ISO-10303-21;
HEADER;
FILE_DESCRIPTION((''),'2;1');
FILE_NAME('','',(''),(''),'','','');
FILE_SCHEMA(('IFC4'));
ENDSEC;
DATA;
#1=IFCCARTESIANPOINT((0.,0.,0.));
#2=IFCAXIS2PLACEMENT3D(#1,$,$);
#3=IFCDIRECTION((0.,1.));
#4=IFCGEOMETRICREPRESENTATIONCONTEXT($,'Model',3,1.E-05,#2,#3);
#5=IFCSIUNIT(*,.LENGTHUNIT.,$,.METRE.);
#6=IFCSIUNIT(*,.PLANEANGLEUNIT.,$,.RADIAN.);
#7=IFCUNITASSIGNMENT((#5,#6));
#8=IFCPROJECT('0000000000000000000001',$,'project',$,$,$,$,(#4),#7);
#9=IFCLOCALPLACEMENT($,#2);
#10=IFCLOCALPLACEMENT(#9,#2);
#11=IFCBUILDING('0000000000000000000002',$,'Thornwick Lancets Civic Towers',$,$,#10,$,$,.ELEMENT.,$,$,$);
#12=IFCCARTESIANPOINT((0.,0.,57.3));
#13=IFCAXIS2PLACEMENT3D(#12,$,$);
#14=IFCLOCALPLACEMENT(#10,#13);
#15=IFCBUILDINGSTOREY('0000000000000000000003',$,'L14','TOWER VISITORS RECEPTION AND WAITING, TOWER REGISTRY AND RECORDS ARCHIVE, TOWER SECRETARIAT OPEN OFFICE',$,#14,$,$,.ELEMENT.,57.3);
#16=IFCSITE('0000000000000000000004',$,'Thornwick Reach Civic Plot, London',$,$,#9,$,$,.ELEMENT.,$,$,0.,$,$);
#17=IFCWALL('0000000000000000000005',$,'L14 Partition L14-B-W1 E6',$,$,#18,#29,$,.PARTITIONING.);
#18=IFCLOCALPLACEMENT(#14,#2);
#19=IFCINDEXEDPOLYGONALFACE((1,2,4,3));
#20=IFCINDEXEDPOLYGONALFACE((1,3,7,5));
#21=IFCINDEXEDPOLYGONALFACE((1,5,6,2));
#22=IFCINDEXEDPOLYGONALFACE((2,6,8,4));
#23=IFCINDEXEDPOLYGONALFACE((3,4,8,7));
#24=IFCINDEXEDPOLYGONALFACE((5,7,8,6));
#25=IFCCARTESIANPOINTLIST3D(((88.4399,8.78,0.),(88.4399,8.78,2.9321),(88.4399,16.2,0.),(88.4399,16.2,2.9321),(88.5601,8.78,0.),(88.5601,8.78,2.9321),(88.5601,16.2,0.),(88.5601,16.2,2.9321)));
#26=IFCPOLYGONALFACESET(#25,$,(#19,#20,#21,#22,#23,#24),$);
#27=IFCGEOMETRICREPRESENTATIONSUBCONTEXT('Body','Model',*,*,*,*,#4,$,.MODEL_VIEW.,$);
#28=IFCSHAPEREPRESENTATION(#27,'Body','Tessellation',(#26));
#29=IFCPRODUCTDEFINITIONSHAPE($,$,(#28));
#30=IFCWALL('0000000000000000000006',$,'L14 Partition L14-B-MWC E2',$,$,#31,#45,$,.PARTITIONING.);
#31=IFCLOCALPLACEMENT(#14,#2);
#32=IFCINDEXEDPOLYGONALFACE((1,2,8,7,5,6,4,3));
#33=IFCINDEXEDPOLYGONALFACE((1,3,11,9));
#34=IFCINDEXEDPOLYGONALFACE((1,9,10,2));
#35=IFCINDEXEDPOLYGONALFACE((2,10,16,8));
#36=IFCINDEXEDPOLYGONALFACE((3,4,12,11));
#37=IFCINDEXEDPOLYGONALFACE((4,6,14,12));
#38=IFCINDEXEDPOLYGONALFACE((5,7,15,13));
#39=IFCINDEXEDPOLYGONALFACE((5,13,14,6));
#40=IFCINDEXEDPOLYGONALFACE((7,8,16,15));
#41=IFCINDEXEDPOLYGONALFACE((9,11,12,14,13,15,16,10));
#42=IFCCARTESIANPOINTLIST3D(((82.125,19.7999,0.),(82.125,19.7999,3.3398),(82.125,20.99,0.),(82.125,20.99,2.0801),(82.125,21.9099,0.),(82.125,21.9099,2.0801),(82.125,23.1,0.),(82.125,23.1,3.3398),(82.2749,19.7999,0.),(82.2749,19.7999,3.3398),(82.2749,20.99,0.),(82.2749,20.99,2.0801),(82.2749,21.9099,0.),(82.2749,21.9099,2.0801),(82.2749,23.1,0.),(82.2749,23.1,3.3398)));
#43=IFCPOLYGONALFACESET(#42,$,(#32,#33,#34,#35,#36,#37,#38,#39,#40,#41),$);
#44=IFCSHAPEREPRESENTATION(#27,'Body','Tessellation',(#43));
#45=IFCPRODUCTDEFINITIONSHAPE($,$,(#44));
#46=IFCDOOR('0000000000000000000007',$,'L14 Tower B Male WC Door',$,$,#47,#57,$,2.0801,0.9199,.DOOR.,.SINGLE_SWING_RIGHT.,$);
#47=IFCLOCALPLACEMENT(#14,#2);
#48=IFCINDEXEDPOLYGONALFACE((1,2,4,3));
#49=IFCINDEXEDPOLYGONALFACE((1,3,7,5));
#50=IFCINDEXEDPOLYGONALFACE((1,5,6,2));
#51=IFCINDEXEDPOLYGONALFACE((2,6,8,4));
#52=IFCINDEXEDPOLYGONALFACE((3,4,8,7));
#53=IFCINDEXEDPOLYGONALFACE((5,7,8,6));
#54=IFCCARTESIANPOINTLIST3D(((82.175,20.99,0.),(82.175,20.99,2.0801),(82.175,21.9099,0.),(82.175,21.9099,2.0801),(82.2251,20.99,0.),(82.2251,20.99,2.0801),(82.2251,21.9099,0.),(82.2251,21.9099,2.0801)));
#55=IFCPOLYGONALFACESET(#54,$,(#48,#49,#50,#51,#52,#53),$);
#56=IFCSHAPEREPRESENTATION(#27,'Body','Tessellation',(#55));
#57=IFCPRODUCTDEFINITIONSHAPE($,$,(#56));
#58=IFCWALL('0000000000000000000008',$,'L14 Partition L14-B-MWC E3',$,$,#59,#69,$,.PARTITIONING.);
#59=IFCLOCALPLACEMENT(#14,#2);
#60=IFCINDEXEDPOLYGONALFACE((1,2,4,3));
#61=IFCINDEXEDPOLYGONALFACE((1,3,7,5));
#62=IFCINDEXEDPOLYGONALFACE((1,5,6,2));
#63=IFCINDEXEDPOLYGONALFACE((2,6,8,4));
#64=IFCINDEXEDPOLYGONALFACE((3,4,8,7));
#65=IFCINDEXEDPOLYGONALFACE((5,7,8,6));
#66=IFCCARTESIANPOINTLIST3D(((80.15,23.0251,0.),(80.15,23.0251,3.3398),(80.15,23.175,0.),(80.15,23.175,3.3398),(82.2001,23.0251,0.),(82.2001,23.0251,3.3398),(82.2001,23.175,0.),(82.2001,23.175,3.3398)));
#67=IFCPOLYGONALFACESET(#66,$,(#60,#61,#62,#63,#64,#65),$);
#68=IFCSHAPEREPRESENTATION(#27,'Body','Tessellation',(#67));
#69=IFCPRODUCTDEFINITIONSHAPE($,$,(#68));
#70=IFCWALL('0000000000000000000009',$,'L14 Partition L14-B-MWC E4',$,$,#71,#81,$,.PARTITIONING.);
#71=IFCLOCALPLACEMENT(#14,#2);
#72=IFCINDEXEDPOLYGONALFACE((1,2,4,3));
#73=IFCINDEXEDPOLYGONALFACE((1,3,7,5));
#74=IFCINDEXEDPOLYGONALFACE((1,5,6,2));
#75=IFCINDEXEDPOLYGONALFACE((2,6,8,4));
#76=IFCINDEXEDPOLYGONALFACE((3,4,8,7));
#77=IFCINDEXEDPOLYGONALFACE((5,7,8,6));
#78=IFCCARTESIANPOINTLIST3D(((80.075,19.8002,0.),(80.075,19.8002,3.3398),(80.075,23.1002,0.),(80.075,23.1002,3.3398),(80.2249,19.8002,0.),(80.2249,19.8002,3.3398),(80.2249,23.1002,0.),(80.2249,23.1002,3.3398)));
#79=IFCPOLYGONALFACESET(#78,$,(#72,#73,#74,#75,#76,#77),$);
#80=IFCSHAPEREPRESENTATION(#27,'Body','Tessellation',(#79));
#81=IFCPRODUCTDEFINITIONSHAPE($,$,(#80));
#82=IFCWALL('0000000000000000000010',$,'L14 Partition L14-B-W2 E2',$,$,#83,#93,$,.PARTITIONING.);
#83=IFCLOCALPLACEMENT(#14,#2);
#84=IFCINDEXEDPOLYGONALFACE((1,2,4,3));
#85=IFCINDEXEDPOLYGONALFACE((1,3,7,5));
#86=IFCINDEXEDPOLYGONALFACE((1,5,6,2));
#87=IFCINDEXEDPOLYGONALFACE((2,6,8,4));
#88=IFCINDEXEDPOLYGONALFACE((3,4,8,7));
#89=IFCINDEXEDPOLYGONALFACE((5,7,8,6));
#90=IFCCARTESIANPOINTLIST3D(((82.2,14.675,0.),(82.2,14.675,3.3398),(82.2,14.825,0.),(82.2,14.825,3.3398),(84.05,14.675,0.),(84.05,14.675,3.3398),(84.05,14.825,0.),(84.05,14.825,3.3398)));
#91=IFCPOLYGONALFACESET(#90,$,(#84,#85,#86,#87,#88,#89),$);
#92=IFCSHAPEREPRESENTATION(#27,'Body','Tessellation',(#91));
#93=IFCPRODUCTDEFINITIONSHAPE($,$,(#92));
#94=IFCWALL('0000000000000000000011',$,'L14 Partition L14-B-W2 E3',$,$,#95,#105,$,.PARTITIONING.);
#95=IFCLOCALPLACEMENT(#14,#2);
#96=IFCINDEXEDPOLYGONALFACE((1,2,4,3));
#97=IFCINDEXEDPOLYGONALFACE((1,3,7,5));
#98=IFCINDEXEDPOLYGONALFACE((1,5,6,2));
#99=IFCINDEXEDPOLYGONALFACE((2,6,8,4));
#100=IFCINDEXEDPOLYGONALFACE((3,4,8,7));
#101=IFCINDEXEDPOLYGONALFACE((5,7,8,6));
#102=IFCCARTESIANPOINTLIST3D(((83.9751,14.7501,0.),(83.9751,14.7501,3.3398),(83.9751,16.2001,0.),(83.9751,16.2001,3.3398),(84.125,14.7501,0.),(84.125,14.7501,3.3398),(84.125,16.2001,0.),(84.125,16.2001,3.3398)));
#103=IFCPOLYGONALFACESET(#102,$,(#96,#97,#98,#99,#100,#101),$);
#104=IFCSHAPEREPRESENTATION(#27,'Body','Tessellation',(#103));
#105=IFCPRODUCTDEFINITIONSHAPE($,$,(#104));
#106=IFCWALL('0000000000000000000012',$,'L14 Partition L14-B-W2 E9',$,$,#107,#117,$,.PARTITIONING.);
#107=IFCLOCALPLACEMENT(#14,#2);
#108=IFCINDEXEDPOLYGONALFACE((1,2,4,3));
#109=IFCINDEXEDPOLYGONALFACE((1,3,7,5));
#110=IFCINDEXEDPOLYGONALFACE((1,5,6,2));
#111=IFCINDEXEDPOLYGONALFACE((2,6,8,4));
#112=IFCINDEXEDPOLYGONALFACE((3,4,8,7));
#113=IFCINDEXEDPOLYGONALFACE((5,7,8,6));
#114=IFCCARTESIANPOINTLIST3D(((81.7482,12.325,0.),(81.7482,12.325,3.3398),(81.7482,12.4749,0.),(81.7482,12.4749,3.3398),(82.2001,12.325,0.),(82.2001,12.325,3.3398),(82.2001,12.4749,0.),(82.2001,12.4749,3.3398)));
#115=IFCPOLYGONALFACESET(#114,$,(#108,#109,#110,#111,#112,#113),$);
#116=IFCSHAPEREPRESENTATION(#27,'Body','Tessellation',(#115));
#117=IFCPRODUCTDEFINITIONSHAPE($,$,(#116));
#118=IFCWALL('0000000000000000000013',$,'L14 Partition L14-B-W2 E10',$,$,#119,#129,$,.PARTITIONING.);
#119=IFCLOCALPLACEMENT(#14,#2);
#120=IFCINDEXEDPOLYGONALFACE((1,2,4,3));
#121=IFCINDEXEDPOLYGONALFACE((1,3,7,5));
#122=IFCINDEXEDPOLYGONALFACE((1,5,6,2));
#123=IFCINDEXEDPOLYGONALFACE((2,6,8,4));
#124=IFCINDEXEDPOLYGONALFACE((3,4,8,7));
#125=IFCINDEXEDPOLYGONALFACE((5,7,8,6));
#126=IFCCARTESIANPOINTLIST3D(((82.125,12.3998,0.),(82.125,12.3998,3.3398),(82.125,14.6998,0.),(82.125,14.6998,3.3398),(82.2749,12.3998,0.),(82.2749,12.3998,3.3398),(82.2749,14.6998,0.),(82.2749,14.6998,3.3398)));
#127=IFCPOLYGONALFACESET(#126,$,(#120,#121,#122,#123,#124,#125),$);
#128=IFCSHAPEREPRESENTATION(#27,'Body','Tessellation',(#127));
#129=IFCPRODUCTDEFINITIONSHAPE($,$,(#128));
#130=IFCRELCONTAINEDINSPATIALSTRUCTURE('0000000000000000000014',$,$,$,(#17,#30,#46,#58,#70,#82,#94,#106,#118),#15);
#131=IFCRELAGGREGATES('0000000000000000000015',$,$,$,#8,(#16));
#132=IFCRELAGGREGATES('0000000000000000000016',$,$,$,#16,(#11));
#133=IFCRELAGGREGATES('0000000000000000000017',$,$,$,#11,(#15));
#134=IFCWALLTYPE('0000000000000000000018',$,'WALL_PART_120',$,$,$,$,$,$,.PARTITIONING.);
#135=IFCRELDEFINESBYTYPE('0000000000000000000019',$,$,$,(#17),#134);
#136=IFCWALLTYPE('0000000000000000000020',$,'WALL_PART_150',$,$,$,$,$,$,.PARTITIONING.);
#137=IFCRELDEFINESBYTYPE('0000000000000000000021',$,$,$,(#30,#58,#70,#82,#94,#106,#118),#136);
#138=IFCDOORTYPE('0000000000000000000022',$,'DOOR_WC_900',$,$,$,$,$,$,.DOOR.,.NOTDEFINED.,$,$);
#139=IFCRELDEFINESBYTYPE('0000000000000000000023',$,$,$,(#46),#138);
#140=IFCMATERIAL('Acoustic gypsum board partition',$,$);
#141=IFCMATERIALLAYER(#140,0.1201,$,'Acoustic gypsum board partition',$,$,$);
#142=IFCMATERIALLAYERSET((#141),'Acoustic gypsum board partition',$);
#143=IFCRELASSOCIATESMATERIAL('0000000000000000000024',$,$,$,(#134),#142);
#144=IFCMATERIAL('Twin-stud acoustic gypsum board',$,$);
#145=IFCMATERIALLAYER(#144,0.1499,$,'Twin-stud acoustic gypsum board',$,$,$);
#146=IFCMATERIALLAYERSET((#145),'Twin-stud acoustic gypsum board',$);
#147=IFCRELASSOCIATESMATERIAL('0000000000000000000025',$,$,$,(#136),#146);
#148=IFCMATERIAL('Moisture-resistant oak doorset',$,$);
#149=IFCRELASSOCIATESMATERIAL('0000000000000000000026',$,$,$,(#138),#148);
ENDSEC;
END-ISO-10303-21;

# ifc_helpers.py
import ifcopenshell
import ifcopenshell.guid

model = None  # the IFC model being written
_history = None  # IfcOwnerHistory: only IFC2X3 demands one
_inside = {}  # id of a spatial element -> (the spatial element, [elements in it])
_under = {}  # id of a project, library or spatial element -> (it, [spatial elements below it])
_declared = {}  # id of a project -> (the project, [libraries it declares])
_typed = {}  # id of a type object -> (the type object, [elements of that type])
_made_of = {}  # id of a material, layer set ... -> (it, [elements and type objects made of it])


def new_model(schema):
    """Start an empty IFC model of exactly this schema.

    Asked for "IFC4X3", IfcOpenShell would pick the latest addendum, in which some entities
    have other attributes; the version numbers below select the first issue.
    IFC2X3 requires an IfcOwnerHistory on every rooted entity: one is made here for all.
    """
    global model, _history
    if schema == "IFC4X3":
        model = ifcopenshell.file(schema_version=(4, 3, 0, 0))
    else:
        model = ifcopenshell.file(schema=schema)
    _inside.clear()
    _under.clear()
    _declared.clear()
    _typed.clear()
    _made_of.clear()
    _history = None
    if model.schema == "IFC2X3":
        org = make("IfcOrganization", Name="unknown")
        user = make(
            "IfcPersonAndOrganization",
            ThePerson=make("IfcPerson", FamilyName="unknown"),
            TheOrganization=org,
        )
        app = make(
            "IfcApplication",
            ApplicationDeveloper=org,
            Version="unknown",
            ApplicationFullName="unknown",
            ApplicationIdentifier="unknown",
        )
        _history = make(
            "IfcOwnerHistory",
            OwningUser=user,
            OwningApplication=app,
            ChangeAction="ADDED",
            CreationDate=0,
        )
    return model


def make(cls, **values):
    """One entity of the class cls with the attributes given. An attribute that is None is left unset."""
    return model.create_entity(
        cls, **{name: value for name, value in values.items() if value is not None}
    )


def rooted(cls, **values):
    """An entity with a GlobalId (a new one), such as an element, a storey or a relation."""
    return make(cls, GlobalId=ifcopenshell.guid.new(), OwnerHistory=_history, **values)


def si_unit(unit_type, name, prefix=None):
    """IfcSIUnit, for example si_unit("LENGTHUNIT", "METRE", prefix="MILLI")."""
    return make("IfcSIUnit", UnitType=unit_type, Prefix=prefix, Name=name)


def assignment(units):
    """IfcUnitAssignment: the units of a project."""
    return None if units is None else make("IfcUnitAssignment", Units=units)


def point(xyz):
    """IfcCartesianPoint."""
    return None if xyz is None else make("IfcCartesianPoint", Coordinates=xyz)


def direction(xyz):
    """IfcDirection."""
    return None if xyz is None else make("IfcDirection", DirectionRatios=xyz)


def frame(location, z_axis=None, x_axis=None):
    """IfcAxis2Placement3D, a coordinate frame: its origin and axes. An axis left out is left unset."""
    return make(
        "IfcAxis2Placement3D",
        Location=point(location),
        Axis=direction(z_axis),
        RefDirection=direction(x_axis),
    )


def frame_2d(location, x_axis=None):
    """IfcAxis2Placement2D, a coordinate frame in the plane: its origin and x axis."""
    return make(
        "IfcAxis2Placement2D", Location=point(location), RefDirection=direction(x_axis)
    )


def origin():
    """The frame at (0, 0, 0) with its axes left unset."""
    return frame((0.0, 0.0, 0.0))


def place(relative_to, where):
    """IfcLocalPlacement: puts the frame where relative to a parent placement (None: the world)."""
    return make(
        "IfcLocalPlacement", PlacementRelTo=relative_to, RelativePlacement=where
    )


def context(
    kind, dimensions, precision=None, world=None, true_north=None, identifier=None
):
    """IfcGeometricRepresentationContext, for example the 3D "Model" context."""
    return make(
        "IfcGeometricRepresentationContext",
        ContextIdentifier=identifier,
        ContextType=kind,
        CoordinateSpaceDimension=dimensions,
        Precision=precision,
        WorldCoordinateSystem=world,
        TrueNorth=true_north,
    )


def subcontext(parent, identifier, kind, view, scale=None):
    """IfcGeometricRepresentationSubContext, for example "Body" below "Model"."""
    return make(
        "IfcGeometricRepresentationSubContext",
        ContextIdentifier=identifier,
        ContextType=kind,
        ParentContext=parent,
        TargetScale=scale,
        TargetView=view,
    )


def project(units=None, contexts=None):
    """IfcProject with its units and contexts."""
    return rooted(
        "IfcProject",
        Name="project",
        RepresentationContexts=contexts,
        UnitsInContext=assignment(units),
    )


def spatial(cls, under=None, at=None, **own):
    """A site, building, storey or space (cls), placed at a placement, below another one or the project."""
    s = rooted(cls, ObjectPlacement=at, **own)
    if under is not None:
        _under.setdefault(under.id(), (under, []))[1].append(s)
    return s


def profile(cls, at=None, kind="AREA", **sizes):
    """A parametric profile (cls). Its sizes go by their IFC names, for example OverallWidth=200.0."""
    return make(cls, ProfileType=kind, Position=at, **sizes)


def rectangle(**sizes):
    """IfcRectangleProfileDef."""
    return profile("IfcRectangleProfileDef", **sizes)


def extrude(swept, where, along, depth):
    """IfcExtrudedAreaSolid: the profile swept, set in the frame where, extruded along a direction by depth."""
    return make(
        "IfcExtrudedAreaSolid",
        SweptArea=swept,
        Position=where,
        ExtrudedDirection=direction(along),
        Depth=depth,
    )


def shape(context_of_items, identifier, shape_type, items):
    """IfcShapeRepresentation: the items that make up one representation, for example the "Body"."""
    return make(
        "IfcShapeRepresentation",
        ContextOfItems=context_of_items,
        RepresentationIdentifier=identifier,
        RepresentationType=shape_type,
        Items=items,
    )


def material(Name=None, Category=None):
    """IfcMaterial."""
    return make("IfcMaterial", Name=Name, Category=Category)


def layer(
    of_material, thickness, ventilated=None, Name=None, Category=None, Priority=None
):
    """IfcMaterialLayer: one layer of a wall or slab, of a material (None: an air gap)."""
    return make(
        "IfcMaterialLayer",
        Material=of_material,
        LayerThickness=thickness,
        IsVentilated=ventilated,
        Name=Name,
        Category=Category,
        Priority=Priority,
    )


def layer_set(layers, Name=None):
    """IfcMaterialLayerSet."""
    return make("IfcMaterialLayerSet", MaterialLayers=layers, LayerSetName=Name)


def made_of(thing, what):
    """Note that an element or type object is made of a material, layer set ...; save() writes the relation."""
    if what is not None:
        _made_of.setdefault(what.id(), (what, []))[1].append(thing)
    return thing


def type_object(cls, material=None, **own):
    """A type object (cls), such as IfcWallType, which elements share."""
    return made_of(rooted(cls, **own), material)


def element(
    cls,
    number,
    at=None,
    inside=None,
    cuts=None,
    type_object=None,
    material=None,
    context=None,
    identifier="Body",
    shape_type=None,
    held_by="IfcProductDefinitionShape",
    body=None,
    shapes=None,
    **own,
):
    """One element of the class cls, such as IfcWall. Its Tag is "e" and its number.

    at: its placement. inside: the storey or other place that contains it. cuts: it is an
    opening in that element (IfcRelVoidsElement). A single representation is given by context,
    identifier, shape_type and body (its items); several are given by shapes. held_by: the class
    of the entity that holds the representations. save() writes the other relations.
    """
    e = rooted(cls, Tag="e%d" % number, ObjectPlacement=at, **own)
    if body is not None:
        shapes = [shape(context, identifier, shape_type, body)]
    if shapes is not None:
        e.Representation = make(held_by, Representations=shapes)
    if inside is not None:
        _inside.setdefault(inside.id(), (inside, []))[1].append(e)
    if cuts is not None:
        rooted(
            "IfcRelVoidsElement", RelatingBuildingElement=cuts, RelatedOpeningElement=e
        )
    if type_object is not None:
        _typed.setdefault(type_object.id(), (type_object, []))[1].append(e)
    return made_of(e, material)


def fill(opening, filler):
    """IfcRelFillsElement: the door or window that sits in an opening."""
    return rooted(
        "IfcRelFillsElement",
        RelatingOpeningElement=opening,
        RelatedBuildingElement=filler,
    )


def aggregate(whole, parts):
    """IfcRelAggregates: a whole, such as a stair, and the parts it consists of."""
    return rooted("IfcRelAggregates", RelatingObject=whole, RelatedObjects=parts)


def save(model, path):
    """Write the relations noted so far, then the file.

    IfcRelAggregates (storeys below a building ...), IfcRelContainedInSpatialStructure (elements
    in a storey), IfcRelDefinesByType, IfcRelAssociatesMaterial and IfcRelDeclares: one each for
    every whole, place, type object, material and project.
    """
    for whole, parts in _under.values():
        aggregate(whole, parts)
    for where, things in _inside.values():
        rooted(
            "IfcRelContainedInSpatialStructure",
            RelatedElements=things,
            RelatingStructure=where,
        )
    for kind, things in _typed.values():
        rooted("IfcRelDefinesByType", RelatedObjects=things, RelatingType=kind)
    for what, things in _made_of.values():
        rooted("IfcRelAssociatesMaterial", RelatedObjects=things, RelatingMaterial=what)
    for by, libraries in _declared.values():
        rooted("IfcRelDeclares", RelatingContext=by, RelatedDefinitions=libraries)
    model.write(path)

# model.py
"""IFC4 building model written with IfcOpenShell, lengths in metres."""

from ifc_helpers import new_model, si_unit, direction, frame, frame_2d, origin, place, context, subcontext, project, spatial, rectangle, extrude, material, layer, layer_set, type_object, element, fill, save


model = new_model("IFC4")

# Units and contexts
model_context = context("Model", 3, precision=1e-05, world=origin(), true_north=direction((0.0, 1.0)))
body_context = subcontext(model_context, "Body", "Model", "MODEL_VIEW")
ifc_project = project(units=[si_unit("LENGTHUNIT", "METRE"), si_unit("PLANEANGLEUNIT", "RADIAN")], contexts=[model_context])

# Site, building, storey
site_placement = place(None, origin())
site = spatial("IfcSite", under=ifc_project, at=site_placement, Name="Thornwick Reach Civic Plot, London", CompositionType="ELEMENT", RefElevation=0.0)
building_placement = place(site_placement, origin())
building = spatial("IfcBuilding", under=site, at=building_placement, Name="Thornwick Lancets Civic Towers", CompositionType="ELEMENT")
storey_placement = place(building_placement, frame((0.0, 0.0, 57.3)))
storey = spatial("IfcBuildingStorey", under=building, at=storey_placement, Name="L14", Description="TOWER VISITORS RECEPTION AND WAITING, TOWER REGISTRY AND RECORDS ARCHIVE, TOWER SECRETARIAT OPEN OFFICE", CompositionType="ELEMENT", Elevation=57.3)

# Wall
ifc_material_1 = material(Name="Acoustic gypsum board partition")
ifc_layer_1 = layer(ifc_material_1, 0.1201, Name="Acoustic gypsum board partition")
ifc_layer_set_1 = layer_set([ifc_layer_1], Name="Acoustic gypsum board partition")
wall_type_1 = type_object("IfcWallType", Name="WALL_PART_120", PredefinedType="PARTITIONING", material=ifc_layer_set_1)
wall_1_placement = place(storey_placement, frame((88.5, 8.78, 0.0), z_axis=(0.0, 0.0, 1.0), x_axis=(0.0, 1.0, 0.0)))
element("IfcWall", 1, at=wall_1_placement, inside=storey, type_object=wall_type_1, Name="L14 Partition L14-B-W1 E6", PredefinedType="PARTITIONING", context=body_context, shape_type="SweptSolid", body=[
    extrude(rectangle(XDim=7.4199, YDim=0.1201, at=frame_2d((3.71, 0.0))), origin(), (0.0, 0.0, 1.0), 2.9321),
])

# Wall, opening, door
ifc_material_2 = material(Name="Twin-stud acoustic gypsum board")
ifc_layer_2 = layer(ifc_material_2, 0.1499, Name="Twin-stud acoustic gypsum board")
ifc_layer_set_2 = layer_set([ifc_layer_2], Name="Twin-stud acoustic gypsum board")
wall_type_2 = type_object("IfcWallType", Name="WALL_PART_150", PredefinedType="PARTITIONING", material=ifc_layer_set_2)
wall_2_placement = place(storey_placement, frame((82.2, 19.8, 0.0), z_axis=(0.0, 0.0, 1.0), x_axis=(0.0, 1.0, 0.0)))
wall_2 = element("IfcWall", 2, at=wall_2_placement, inside=storey, type_object=wall_type_2, Name="L14 Partition L14-B-MWC E2", PredefinedType="PARTITIONING", context=body_context, shape_type="SweptSolid", body=[
    extrude(rectangle(XDim=3.3, YDim=0.1499, at=frame_2d((1.6499, 0.0))), origin(), (0.0, 0.0, 1.0), 3.3398),
])
opening_1_placement = place(wall_2_placement, frame((1.1899, 0.0, 0.0)))
opening_1 = element("IfcOpeningElement", 3, at=opening_1_placement, cuts=wall_2, PredefinedType="OPENING", context=body_context, shape_type="SweptSolid", body=[
    extrude(rectangle(XDim=0.9199, YDim=2.0801, at=frame_2d((0.46, 1.04))), frame((0.0, 0.085, 0.0), z_axis=(0.0, -1.0, 0.0), x_axis=(1.0, 0.0, 0.0)), (0.0, 0.0, 1.0), 0.1699),
])
ifc_material_3 = material(Name="Moisture-resistant oak doorset")
door_type_1 = type_object("IfcDoorType", Name="DOOR_WC_900", OperationType="NOTDEFINED", PredefinedType="DOOR", material=ifc_material_3)
door_1_placement = place(opening_1_placement, origin())
door_1 = element("IfcDoor", 4, at=door_1_placement, inside=storey, type_object=door_type_1, Name="L14 Tower B Male WC Door", OperationType="SINGLE_SWING_RIGHT", OverallHeight=2.0801, OverallWidth=0.9199, PredefinedType="DOOR", context=body_context, shape_type="SweptSolid", body=[
    extrude(rectangle(XDim=0.9199, YDim=2.0801, at=frame_2d((0.46, 1.04))), frame((0.0, 0.0249, 0.0), z_axis=(0.0, -1.0, 0.0), x_axis=(1.0, 0.0, 0.0)), (0.0, 0.0, 1.0), 0.05),
])
fill(opening_1, door_1)

# Walls
wall_3_placement = place(storey_placement, frame((82.2, 23.1001, 0.0), z_axis=(0.0, 0.0, 1.0), x_axis=(-1.0, 0.0, 0.0)))
element("IfcWall", 5, at=wall_3_placement, inside=storey, type_object=wall_type_2, Name="L14 Partition L14-B-MWC E3", PredefinedType="PARTITIONING", context=body_context, shape_type="SweptSolid", body=[
    extrude(rectangle(XDim=2.05, YDim=0.1499, at=frame_2d((1.0249, 0.0))), origin(), (0.0, 0.0, 1.0), 3.3398),
])
wall_4_placement = place(storey_placement, frame((80.1499, 23.1001, 0.0), z_axis=(0.0, 0.0, 1.0), x_axis=(0.0, -1.0, 0.0)))
element("IfcWall", 6, at=wall_4_placement, inside=storey, type_object=wall_type_2, Name="L14 Partition L14-B-MWC E4", PredefinedType="PARTITIONING", context=body_context, shape_type="SweptSolid", body=[
    extrude(rectangle(XDim=3.3, YDim=0.1499, at=frame_2d((1.6499, 0.0))), origin(), (0.0, 0.0, 1.0), 3.3398),
])
wall_5_placement = place(storey_placement, frame((82.2, 14.75, 0.0), z_axis=(0.0, 0.0, 1.0), x_axis=(1.0, 0.0, 0.0)))
element("IfcWall", 7, at=wall_5_placement, inside=storey, type_object=wall_type_2, Name="L14 Partition L14-B-W2 E2", PredefinedType="PARTITIONING", context=body_context, shape_type="SweptSolid", body=[
    extrude(rectangle(XDim=1.8501, YDim=0.1499, at=frame_2d((0.925, 0.0))), origin(), (0.0, 0.0, 1.0), 3.3398),
])
wall_6_placement = place(storey_placement, frame((84.05, 14.75, 0.0), z_axis=(0.0, 0.0, 1.0), x_axis=(0.0, 1.0, 0.0)))
element("IfcWall", 8, at=wall_6_placement, inside=storey, type_object=wall_type_2, Name="L14 Partition L14-B-W2 E3", PredefinedType="PARTITIONING", context=body_context, shape_type="SweptSolid", body=[
    extrude(rectangle(XDim=1.45, YDim=0.1499, at=frame_2d((0.7251, 0.0))), origin(), (0.0, 0.0, 1.0), 3.3398),
])

# Walls
wall_7_placement = place(storey_placement, frame((81.748, 12.3999, 0.0), z_axis=(0.0, 0.0, 1.0), x_axis=(1.0, 0.0, 0.0)))
element("IfcWall", 9, at=wall_7_placement, inside=storey, type_object=wall_type_2, Name="L14 Partition L14-B-W2 E9", PredefinedType="PARTITIONING", context=body_context, shape_type="SweptSolid", body=[
    extrude(rectangle(XDim=0.4519, YDim=0.1499, at=frame_2d((0.2261, 0.0))), origin(), (0.0, 0.0, 1.0), 3.3398),
])
wall_8_placement = place(storey_placement, frame((82.2, 12.3999, 0.0), z_axis=(0.0, 0.0, 1.0), x_axis=(0.0, 1.0, 0.0)))
element("IfcWall", 10, at=wall_8_placement, inside=storey, type_object=wall_type_2, Name="L14 Partition L14-B-W2 E10", PredefinedType="PARTITIONING", context=body_context, shape_type="SweptSolid", body=[
    extrude(rectangle(XDim=2.3, YDim=0.1499, at=frame_2d((1.1499, 0.0))), origin(), (0.0, 0.0, 1.0), 3.3398),
])

save(model, "model.ifc")
